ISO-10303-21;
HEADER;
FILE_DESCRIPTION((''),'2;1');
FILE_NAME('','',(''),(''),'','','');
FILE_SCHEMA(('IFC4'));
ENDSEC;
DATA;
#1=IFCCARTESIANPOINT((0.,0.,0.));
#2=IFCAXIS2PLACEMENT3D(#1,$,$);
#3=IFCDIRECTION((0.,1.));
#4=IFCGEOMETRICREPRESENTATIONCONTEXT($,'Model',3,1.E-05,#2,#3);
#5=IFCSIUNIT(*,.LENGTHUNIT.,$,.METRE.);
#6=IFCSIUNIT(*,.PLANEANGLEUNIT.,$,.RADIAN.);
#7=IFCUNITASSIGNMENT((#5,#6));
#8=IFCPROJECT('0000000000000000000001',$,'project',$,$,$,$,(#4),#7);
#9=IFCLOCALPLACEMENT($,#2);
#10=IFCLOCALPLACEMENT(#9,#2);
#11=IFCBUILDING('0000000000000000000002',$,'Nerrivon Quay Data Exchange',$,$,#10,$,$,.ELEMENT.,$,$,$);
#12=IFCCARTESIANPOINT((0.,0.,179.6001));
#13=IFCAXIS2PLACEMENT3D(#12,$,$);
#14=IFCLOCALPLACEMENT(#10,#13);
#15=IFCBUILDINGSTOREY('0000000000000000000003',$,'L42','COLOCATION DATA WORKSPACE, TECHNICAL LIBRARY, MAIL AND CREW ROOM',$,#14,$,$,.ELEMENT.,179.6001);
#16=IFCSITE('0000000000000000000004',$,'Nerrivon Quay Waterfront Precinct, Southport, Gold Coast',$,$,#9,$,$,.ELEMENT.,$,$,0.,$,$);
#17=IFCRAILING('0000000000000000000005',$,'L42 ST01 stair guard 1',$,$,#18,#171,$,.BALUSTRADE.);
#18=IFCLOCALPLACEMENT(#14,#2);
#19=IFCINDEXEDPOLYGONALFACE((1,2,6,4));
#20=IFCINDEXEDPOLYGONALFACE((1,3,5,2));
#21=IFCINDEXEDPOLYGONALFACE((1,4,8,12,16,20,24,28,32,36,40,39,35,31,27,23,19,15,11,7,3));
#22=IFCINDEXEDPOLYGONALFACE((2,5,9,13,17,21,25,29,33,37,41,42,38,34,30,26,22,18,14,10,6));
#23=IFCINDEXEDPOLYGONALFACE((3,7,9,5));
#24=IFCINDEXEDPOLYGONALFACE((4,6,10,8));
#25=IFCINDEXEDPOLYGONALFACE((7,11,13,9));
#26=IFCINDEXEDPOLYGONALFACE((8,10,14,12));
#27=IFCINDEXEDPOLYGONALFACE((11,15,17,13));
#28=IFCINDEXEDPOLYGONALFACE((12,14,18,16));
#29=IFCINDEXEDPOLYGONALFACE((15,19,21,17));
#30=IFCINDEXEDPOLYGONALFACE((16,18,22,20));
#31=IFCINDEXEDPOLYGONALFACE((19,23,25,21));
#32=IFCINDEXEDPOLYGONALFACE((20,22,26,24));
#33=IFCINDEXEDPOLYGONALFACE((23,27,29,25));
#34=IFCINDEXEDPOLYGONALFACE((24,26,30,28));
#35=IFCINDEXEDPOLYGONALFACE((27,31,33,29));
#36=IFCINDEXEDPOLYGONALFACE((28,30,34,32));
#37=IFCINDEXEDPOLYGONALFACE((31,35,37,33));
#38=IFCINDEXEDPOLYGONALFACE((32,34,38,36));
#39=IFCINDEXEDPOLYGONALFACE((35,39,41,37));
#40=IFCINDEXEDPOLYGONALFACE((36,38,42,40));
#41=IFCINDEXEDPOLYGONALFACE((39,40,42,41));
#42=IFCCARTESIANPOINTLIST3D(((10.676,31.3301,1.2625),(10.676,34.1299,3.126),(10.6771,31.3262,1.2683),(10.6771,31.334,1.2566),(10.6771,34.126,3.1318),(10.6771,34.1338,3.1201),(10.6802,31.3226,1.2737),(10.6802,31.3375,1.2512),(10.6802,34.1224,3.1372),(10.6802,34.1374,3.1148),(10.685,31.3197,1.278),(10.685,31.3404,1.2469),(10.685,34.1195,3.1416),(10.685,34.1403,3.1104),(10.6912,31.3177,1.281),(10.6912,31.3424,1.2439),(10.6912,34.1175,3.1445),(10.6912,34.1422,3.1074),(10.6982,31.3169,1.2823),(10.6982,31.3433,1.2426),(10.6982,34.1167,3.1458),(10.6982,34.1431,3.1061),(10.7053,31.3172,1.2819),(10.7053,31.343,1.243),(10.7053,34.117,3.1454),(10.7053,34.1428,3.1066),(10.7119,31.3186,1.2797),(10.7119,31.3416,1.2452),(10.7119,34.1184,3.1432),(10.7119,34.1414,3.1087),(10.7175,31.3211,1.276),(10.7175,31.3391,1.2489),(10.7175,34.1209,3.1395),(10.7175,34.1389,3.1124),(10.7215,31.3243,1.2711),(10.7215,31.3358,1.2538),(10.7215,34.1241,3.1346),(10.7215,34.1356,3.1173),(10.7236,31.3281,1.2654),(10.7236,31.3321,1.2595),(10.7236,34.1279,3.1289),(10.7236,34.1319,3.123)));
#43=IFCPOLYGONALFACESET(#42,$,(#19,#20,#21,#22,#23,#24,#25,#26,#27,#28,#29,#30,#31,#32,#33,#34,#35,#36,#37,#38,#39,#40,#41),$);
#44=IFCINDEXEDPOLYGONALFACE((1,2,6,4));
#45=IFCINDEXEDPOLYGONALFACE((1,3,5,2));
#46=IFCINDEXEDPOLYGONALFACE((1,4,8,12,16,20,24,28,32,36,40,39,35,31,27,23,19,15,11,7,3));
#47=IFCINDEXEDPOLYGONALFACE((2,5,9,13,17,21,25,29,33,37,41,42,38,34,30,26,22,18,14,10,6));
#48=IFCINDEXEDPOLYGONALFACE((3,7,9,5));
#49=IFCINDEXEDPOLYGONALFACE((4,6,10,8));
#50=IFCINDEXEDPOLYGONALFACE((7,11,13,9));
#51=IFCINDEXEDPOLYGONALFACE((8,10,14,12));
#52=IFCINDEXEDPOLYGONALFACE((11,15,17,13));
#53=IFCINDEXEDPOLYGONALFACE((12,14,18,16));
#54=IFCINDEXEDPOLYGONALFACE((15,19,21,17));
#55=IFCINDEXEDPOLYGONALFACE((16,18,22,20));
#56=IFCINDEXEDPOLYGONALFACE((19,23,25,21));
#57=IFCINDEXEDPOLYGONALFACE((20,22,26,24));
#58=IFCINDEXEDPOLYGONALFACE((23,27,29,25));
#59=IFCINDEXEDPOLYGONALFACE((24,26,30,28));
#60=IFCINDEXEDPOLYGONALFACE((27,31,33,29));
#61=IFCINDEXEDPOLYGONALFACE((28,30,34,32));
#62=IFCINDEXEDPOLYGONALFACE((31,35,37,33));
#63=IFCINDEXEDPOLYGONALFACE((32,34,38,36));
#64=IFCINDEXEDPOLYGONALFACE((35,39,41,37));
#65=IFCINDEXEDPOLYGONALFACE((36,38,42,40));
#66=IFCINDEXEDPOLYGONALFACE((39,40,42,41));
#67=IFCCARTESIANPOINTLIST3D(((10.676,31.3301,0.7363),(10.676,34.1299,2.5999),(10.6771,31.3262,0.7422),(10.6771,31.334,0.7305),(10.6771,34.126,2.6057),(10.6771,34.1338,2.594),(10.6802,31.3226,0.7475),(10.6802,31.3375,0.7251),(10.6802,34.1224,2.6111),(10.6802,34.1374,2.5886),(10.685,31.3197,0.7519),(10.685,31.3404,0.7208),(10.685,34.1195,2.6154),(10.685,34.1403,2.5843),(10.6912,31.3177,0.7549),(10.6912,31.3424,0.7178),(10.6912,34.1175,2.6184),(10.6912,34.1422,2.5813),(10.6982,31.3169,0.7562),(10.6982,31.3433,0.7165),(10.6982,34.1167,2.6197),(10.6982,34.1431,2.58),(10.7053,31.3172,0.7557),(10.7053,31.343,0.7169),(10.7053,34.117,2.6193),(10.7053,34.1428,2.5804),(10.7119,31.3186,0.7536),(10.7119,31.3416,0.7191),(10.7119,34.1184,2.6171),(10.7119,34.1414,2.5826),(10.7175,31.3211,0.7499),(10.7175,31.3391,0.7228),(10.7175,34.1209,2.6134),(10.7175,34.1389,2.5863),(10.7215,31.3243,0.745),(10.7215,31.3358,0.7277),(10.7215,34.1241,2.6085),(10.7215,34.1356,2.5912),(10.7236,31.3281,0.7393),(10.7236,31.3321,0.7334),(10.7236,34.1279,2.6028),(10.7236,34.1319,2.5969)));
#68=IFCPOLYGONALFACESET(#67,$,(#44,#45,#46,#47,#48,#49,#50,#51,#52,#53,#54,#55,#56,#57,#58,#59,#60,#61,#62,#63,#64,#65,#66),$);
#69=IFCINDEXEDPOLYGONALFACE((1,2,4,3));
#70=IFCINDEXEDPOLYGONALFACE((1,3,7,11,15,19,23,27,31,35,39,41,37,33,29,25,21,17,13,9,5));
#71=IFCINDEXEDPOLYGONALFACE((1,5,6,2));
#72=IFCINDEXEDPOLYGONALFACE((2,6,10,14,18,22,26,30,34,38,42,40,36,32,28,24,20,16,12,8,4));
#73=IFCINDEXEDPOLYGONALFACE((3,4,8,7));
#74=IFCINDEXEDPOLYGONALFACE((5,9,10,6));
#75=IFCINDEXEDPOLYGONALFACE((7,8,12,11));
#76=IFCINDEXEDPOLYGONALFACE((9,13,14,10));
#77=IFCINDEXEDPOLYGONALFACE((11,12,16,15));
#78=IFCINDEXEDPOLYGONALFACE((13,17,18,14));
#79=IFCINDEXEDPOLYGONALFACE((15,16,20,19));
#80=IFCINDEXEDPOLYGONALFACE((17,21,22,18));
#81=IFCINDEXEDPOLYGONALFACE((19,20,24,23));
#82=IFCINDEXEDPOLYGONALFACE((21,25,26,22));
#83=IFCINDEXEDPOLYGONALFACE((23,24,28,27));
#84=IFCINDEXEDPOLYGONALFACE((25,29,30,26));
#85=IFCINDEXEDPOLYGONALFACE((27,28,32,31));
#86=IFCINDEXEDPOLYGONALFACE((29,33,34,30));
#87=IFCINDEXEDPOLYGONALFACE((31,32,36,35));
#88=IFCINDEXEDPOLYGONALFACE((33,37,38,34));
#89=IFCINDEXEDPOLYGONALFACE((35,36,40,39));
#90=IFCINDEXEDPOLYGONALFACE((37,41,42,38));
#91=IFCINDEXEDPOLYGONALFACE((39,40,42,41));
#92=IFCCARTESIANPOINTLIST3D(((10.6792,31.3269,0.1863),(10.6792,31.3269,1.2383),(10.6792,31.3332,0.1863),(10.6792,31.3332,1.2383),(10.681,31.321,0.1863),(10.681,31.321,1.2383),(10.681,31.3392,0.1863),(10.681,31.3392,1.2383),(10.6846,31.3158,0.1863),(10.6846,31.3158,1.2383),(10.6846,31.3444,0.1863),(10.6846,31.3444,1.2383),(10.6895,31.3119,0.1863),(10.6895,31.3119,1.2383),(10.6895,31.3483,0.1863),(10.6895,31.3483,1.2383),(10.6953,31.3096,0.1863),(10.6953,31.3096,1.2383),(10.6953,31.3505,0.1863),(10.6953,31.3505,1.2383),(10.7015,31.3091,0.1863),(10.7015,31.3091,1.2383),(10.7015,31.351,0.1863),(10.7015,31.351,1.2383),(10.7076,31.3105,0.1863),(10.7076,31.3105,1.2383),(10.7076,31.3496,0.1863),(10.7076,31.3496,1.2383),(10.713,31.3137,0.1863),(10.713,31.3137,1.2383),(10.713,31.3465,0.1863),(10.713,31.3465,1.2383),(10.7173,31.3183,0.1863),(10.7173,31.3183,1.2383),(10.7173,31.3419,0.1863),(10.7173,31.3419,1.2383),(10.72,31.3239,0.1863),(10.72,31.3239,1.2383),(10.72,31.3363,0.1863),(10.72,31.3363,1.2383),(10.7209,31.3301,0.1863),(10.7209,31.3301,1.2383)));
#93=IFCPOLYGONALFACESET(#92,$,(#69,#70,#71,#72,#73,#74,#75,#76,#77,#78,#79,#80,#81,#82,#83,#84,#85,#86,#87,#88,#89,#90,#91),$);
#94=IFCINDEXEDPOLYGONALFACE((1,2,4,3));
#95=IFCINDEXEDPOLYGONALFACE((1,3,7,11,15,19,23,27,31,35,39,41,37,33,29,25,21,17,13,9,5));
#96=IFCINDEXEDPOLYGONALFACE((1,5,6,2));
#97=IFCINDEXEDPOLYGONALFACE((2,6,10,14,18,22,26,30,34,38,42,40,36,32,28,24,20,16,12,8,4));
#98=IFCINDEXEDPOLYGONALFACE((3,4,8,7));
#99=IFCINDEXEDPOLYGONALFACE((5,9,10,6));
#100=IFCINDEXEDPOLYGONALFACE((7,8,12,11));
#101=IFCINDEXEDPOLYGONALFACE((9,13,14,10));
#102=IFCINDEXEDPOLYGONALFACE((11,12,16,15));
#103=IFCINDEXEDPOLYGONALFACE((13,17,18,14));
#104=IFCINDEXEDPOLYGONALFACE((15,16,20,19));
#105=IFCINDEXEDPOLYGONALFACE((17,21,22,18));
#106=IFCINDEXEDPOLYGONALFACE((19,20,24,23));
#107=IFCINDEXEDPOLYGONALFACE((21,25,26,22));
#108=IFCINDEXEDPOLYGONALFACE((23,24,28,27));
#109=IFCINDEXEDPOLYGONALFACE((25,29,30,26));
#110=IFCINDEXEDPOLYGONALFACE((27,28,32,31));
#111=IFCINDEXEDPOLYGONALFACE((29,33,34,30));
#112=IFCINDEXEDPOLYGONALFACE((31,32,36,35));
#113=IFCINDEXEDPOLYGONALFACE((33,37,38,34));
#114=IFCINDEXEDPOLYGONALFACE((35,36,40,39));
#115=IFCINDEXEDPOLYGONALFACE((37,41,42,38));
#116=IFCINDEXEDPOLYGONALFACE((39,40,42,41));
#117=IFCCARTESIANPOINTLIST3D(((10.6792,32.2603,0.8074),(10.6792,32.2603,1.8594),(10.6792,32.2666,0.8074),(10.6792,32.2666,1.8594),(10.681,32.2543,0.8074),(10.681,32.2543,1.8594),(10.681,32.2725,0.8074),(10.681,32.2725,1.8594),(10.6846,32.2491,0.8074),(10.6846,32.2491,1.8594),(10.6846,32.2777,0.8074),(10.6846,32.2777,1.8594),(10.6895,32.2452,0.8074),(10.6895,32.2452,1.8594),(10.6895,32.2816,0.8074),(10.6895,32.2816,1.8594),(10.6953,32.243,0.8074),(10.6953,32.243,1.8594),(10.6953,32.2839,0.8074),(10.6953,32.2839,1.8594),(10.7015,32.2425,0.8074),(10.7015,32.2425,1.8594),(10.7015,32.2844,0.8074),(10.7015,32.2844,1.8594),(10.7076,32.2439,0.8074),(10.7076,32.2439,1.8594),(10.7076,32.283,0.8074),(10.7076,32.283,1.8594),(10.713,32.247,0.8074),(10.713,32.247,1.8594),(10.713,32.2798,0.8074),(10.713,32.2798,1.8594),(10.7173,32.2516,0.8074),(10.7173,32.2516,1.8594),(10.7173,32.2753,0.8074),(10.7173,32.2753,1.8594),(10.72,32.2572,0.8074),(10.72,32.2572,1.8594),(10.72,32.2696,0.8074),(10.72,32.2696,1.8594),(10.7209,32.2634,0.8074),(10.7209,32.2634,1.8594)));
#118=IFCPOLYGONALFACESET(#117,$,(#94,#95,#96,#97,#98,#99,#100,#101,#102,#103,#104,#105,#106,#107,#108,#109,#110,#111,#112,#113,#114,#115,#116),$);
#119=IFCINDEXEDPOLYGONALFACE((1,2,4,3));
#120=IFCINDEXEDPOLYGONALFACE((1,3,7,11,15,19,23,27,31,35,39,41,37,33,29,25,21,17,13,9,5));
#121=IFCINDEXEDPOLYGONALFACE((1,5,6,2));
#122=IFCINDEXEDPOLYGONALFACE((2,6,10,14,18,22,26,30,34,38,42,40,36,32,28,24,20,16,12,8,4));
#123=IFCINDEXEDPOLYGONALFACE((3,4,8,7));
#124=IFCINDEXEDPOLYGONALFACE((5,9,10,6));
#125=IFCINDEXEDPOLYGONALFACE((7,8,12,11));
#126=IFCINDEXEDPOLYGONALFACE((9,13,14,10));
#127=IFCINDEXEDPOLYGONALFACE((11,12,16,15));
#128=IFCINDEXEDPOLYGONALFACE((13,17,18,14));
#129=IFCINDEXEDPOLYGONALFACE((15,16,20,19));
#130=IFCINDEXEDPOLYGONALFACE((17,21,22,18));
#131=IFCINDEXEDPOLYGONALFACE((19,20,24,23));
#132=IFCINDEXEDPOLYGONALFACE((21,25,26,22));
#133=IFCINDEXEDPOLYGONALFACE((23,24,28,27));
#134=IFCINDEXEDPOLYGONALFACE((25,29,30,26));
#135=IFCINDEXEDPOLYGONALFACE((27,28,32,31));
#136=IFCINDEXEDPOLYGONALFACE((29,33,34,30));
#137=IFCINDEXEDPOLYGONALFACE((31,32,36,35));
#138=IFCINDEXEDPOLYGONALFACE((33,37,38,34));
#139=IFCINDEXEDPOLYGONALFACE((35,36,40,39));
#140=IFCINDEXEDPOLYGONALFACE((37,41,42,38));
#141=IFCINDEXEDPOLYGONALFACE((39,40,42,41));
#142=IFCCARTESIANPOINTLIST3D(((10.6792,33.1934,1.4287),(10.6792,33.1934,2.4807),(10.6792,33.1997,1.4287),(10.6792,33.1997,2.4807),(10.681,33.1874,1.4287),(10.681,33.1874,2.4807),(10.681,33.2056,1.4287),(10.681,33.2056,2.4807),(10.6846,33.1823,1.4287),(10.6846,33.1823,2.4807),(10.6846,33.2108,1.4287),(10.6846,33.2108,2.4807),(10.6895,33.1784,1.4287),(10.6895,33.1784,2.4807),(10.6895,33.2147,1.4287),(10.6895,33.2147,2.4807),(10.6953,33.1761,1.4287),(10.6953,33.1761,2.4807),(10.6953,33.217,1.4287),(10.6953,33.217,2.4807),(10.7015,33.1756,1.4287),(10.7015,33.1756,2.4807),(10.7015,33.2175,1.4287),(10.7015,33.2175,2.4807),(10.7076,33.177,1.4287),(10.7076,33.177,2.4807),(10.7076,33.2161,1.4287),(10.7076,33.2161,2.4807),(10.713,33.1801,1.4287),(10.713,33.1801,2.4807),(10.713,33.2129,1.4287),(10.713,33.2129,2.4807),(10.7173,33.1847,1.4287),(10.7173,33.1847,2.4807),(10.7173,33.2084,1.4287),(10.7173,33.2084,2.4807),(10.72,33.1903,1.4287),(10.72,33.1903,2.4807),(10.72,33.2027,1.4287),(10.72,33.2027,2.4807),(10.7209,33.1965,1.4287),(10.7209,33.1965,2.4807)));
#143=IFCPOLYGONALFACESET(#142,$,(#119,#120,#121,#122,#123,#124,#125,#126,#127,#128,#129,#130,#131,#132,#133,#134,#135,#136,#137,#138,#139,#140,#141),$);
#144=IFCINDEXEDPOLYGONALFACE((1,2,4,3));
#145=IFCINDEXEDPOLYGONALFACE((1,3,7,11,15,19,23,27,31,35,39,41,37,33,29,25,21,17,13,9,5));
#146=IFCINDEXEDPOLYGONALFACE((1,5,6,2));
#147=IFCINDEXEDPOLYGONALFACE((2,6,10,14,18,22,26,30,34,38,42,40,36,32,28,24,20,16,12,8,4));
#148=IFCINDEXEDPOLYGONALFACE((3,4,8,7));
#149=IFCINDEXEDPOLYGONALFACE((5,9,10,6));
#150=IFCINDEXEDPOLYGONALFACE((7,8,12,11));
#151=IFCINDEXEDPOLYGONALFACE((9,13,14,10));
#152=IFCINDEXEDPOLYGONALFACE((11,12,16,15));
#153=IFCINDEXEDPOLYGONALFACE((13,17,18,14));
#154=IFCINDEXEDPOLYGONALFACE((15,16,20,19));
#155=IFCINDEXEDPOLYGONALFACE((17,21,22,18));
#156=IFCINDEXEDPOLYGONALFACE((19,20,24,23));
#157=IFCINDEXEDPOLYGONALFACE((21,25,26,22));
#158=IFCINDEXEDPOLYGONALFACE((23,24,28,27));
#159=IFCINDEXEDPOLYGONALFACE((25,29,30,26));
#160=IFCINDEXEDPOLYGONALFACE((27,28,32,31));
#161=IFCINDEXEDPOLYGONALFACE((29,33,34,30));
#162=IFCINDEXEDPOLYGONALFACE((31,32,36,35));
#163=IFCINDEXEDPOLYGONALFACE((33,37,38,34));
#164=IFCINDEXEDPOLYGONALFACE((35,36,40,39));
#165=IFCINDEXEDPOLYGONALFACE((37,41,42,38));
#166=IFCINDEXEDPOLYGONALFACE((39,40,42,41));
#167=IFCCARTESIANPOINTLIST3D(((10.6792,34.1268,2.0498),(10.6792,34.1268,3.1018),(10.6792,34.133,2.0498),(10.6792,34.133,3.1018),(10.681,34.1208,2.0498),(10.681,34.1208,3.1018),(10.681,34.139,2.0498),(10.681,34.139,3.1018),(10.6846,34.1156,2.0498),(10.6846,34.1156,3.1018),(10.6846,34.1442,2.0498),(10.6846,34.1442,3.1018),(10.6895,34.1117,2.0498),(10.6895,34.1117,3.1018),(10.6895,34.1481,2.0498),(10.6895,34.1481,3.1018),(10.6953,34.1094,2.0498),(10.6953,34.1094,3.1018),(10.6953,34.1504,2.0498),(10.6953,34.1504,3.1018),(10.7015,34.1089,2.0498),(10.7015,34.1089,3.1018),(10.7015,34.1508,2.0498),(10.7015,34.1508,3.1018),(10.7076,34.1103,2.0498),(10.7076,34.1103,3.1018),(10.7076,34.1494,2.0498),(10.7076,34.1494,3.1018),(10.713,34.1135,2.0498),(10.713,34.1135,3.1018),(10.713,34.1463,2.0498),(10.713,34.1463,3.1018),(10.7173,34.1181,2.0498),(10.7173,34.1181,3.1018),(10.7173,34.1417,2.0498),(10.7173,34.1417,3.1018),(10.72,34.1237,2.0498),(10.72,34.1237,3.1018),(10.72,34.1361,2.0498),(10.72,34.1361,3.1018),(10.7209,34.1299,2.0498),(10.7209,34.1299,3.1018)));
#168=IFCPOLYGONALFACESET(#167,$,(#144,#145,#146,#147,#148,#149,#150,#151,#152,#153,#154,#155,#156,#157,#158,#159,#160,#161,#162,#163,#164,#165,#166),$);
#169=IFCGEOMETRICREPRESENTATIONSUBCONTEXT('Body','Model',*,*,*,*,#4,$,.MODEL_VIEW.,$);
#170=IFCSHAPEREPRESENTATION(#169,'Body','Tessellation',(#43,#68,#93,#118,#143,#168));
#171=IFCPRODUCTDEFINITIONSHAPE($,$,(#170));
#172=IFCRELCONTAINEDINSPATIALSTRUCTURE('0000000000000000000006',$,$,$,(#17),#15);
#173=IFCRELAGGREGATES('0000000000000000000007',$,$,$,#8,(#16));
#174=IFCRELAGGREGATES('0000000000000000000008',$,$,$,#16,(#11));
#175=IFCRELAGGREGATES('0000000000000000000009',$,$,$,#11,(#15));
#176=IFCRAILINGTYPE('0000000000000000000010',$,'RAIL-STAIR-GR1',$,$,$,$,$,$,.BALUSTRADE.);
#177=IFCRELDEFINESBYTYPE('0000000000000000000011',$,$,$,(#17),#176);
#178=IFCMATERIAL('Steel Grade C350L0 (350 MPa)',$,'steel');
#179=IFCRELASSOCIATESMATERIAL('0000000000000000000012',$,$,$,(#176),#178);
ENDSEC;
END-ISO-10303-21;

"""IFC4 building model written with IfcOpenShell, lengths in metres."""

from ifc_helpers import new_model, si_unit, direction, frame, origin, origin_2d, place, context, subcontext, project, spatial, circle, extrude, material, type_object, element, save


model = new_model("IFC4")

# Units and contexts
model_context = context("Model", 3, precision=1e-05, world=origin(), true_north=direction((0.0, 1.0)))
body_context = subcontext(model_context, "Body", "Model", "MODEL_VIEW")
ifc_project = project(units=[si_unit("LENGTHUNIT", "METRE"), si_unit("PLANEANGLEUNIT", "RADIAN")], contexts=[model_context])

# Site, building, storey
site_placement = place(None, origin())
site = spatial("IfcSite", under=ifc_project, at=site_placement, Name="Nerrivon Quay Waterfront Precinct, Southport, Gold Coast", CompositionType="ELEMENT", RefElevation=0.0)
building_placement = place(site_placement, origin())
building = spatial("IfcBuilding", under=site, at=building_placement, Name="Nerrivon Quay Data Exchange", CompositionType="ELEMENT")
storey_placement = place(building_placement, frame((0.0, 0.0, 179.6001)))
storey = spatial("IfcBuildingStorey", under=building, at=storey_placement, Name="L42", Description="COLOCATION DATA WORKSPACE, TECHNICAL LIBRARY, MAIL AND CREW ROOM", CompositionType="ELEMENT", Elevation=179.6001)

# Railing
ifc_material_1 = material(Name="Steel Grade C350L0 (350 MPa)", Category="steel")
railing_type_1 = type_object("IfcRailingType", Name="RAIL-STAIR-GR1", PredefinedType="BALUSTRADE", material=ifc_material_1)
railing_1_placement = place(storey_placement, frame((10.7, 31.3301, 0.1863)))
element("IfcRailing", 1, at=railing_1_placement, inside=storey, type_object=railing_type_1, Name="L42 ST01 stair guard 1", PredefinedType="BALUSTRADE", context=body_context, shape_type="SweptSolid", body=[
    extrude(circle(Radius=0.0239, at=origin_2d()), frame((0.0, 0.0, 1.0762), z_axis=(0.0, 0.832463, 0.55408), x_axis=(-1.0, 0.0, 0.0)), (0.0, 0.0, 1.0), 3.3633),
    extrude(circle(Radius=0.0239, at=origin_2d()), frame((0.0, 0.0, 0.55), z_axis=(0.0, 0.832463, 0.55408), x_axis=(-1.0, 0.0, 0.0)), (0.0, 0.0, 1.0), 3.3633),
    extrude(circle(Radius=0.021, at=origin_2d()), origin(), (0.0, 0.0, 1.0), 1.052),
    extrude(circle(Radius=0.021, at=origin_2d()), frame((0.0, 0.9333, 0.6211)), (0.0, 0.0, 1.0), 1.052),
    extrude(circle(Radius=0.021, at=origin_2d()), frame((0.0, 1.8665, 1.2424)), (0.0, 0.0, 1.0), 1.052),
    extrude(circle(Radius=0.021, at=origin_2d()), frame((0.0, 2.7998, 1.8635)), (0.0, 0.0, 1.0), 1.052),
])

save(model, "model.ifc")
